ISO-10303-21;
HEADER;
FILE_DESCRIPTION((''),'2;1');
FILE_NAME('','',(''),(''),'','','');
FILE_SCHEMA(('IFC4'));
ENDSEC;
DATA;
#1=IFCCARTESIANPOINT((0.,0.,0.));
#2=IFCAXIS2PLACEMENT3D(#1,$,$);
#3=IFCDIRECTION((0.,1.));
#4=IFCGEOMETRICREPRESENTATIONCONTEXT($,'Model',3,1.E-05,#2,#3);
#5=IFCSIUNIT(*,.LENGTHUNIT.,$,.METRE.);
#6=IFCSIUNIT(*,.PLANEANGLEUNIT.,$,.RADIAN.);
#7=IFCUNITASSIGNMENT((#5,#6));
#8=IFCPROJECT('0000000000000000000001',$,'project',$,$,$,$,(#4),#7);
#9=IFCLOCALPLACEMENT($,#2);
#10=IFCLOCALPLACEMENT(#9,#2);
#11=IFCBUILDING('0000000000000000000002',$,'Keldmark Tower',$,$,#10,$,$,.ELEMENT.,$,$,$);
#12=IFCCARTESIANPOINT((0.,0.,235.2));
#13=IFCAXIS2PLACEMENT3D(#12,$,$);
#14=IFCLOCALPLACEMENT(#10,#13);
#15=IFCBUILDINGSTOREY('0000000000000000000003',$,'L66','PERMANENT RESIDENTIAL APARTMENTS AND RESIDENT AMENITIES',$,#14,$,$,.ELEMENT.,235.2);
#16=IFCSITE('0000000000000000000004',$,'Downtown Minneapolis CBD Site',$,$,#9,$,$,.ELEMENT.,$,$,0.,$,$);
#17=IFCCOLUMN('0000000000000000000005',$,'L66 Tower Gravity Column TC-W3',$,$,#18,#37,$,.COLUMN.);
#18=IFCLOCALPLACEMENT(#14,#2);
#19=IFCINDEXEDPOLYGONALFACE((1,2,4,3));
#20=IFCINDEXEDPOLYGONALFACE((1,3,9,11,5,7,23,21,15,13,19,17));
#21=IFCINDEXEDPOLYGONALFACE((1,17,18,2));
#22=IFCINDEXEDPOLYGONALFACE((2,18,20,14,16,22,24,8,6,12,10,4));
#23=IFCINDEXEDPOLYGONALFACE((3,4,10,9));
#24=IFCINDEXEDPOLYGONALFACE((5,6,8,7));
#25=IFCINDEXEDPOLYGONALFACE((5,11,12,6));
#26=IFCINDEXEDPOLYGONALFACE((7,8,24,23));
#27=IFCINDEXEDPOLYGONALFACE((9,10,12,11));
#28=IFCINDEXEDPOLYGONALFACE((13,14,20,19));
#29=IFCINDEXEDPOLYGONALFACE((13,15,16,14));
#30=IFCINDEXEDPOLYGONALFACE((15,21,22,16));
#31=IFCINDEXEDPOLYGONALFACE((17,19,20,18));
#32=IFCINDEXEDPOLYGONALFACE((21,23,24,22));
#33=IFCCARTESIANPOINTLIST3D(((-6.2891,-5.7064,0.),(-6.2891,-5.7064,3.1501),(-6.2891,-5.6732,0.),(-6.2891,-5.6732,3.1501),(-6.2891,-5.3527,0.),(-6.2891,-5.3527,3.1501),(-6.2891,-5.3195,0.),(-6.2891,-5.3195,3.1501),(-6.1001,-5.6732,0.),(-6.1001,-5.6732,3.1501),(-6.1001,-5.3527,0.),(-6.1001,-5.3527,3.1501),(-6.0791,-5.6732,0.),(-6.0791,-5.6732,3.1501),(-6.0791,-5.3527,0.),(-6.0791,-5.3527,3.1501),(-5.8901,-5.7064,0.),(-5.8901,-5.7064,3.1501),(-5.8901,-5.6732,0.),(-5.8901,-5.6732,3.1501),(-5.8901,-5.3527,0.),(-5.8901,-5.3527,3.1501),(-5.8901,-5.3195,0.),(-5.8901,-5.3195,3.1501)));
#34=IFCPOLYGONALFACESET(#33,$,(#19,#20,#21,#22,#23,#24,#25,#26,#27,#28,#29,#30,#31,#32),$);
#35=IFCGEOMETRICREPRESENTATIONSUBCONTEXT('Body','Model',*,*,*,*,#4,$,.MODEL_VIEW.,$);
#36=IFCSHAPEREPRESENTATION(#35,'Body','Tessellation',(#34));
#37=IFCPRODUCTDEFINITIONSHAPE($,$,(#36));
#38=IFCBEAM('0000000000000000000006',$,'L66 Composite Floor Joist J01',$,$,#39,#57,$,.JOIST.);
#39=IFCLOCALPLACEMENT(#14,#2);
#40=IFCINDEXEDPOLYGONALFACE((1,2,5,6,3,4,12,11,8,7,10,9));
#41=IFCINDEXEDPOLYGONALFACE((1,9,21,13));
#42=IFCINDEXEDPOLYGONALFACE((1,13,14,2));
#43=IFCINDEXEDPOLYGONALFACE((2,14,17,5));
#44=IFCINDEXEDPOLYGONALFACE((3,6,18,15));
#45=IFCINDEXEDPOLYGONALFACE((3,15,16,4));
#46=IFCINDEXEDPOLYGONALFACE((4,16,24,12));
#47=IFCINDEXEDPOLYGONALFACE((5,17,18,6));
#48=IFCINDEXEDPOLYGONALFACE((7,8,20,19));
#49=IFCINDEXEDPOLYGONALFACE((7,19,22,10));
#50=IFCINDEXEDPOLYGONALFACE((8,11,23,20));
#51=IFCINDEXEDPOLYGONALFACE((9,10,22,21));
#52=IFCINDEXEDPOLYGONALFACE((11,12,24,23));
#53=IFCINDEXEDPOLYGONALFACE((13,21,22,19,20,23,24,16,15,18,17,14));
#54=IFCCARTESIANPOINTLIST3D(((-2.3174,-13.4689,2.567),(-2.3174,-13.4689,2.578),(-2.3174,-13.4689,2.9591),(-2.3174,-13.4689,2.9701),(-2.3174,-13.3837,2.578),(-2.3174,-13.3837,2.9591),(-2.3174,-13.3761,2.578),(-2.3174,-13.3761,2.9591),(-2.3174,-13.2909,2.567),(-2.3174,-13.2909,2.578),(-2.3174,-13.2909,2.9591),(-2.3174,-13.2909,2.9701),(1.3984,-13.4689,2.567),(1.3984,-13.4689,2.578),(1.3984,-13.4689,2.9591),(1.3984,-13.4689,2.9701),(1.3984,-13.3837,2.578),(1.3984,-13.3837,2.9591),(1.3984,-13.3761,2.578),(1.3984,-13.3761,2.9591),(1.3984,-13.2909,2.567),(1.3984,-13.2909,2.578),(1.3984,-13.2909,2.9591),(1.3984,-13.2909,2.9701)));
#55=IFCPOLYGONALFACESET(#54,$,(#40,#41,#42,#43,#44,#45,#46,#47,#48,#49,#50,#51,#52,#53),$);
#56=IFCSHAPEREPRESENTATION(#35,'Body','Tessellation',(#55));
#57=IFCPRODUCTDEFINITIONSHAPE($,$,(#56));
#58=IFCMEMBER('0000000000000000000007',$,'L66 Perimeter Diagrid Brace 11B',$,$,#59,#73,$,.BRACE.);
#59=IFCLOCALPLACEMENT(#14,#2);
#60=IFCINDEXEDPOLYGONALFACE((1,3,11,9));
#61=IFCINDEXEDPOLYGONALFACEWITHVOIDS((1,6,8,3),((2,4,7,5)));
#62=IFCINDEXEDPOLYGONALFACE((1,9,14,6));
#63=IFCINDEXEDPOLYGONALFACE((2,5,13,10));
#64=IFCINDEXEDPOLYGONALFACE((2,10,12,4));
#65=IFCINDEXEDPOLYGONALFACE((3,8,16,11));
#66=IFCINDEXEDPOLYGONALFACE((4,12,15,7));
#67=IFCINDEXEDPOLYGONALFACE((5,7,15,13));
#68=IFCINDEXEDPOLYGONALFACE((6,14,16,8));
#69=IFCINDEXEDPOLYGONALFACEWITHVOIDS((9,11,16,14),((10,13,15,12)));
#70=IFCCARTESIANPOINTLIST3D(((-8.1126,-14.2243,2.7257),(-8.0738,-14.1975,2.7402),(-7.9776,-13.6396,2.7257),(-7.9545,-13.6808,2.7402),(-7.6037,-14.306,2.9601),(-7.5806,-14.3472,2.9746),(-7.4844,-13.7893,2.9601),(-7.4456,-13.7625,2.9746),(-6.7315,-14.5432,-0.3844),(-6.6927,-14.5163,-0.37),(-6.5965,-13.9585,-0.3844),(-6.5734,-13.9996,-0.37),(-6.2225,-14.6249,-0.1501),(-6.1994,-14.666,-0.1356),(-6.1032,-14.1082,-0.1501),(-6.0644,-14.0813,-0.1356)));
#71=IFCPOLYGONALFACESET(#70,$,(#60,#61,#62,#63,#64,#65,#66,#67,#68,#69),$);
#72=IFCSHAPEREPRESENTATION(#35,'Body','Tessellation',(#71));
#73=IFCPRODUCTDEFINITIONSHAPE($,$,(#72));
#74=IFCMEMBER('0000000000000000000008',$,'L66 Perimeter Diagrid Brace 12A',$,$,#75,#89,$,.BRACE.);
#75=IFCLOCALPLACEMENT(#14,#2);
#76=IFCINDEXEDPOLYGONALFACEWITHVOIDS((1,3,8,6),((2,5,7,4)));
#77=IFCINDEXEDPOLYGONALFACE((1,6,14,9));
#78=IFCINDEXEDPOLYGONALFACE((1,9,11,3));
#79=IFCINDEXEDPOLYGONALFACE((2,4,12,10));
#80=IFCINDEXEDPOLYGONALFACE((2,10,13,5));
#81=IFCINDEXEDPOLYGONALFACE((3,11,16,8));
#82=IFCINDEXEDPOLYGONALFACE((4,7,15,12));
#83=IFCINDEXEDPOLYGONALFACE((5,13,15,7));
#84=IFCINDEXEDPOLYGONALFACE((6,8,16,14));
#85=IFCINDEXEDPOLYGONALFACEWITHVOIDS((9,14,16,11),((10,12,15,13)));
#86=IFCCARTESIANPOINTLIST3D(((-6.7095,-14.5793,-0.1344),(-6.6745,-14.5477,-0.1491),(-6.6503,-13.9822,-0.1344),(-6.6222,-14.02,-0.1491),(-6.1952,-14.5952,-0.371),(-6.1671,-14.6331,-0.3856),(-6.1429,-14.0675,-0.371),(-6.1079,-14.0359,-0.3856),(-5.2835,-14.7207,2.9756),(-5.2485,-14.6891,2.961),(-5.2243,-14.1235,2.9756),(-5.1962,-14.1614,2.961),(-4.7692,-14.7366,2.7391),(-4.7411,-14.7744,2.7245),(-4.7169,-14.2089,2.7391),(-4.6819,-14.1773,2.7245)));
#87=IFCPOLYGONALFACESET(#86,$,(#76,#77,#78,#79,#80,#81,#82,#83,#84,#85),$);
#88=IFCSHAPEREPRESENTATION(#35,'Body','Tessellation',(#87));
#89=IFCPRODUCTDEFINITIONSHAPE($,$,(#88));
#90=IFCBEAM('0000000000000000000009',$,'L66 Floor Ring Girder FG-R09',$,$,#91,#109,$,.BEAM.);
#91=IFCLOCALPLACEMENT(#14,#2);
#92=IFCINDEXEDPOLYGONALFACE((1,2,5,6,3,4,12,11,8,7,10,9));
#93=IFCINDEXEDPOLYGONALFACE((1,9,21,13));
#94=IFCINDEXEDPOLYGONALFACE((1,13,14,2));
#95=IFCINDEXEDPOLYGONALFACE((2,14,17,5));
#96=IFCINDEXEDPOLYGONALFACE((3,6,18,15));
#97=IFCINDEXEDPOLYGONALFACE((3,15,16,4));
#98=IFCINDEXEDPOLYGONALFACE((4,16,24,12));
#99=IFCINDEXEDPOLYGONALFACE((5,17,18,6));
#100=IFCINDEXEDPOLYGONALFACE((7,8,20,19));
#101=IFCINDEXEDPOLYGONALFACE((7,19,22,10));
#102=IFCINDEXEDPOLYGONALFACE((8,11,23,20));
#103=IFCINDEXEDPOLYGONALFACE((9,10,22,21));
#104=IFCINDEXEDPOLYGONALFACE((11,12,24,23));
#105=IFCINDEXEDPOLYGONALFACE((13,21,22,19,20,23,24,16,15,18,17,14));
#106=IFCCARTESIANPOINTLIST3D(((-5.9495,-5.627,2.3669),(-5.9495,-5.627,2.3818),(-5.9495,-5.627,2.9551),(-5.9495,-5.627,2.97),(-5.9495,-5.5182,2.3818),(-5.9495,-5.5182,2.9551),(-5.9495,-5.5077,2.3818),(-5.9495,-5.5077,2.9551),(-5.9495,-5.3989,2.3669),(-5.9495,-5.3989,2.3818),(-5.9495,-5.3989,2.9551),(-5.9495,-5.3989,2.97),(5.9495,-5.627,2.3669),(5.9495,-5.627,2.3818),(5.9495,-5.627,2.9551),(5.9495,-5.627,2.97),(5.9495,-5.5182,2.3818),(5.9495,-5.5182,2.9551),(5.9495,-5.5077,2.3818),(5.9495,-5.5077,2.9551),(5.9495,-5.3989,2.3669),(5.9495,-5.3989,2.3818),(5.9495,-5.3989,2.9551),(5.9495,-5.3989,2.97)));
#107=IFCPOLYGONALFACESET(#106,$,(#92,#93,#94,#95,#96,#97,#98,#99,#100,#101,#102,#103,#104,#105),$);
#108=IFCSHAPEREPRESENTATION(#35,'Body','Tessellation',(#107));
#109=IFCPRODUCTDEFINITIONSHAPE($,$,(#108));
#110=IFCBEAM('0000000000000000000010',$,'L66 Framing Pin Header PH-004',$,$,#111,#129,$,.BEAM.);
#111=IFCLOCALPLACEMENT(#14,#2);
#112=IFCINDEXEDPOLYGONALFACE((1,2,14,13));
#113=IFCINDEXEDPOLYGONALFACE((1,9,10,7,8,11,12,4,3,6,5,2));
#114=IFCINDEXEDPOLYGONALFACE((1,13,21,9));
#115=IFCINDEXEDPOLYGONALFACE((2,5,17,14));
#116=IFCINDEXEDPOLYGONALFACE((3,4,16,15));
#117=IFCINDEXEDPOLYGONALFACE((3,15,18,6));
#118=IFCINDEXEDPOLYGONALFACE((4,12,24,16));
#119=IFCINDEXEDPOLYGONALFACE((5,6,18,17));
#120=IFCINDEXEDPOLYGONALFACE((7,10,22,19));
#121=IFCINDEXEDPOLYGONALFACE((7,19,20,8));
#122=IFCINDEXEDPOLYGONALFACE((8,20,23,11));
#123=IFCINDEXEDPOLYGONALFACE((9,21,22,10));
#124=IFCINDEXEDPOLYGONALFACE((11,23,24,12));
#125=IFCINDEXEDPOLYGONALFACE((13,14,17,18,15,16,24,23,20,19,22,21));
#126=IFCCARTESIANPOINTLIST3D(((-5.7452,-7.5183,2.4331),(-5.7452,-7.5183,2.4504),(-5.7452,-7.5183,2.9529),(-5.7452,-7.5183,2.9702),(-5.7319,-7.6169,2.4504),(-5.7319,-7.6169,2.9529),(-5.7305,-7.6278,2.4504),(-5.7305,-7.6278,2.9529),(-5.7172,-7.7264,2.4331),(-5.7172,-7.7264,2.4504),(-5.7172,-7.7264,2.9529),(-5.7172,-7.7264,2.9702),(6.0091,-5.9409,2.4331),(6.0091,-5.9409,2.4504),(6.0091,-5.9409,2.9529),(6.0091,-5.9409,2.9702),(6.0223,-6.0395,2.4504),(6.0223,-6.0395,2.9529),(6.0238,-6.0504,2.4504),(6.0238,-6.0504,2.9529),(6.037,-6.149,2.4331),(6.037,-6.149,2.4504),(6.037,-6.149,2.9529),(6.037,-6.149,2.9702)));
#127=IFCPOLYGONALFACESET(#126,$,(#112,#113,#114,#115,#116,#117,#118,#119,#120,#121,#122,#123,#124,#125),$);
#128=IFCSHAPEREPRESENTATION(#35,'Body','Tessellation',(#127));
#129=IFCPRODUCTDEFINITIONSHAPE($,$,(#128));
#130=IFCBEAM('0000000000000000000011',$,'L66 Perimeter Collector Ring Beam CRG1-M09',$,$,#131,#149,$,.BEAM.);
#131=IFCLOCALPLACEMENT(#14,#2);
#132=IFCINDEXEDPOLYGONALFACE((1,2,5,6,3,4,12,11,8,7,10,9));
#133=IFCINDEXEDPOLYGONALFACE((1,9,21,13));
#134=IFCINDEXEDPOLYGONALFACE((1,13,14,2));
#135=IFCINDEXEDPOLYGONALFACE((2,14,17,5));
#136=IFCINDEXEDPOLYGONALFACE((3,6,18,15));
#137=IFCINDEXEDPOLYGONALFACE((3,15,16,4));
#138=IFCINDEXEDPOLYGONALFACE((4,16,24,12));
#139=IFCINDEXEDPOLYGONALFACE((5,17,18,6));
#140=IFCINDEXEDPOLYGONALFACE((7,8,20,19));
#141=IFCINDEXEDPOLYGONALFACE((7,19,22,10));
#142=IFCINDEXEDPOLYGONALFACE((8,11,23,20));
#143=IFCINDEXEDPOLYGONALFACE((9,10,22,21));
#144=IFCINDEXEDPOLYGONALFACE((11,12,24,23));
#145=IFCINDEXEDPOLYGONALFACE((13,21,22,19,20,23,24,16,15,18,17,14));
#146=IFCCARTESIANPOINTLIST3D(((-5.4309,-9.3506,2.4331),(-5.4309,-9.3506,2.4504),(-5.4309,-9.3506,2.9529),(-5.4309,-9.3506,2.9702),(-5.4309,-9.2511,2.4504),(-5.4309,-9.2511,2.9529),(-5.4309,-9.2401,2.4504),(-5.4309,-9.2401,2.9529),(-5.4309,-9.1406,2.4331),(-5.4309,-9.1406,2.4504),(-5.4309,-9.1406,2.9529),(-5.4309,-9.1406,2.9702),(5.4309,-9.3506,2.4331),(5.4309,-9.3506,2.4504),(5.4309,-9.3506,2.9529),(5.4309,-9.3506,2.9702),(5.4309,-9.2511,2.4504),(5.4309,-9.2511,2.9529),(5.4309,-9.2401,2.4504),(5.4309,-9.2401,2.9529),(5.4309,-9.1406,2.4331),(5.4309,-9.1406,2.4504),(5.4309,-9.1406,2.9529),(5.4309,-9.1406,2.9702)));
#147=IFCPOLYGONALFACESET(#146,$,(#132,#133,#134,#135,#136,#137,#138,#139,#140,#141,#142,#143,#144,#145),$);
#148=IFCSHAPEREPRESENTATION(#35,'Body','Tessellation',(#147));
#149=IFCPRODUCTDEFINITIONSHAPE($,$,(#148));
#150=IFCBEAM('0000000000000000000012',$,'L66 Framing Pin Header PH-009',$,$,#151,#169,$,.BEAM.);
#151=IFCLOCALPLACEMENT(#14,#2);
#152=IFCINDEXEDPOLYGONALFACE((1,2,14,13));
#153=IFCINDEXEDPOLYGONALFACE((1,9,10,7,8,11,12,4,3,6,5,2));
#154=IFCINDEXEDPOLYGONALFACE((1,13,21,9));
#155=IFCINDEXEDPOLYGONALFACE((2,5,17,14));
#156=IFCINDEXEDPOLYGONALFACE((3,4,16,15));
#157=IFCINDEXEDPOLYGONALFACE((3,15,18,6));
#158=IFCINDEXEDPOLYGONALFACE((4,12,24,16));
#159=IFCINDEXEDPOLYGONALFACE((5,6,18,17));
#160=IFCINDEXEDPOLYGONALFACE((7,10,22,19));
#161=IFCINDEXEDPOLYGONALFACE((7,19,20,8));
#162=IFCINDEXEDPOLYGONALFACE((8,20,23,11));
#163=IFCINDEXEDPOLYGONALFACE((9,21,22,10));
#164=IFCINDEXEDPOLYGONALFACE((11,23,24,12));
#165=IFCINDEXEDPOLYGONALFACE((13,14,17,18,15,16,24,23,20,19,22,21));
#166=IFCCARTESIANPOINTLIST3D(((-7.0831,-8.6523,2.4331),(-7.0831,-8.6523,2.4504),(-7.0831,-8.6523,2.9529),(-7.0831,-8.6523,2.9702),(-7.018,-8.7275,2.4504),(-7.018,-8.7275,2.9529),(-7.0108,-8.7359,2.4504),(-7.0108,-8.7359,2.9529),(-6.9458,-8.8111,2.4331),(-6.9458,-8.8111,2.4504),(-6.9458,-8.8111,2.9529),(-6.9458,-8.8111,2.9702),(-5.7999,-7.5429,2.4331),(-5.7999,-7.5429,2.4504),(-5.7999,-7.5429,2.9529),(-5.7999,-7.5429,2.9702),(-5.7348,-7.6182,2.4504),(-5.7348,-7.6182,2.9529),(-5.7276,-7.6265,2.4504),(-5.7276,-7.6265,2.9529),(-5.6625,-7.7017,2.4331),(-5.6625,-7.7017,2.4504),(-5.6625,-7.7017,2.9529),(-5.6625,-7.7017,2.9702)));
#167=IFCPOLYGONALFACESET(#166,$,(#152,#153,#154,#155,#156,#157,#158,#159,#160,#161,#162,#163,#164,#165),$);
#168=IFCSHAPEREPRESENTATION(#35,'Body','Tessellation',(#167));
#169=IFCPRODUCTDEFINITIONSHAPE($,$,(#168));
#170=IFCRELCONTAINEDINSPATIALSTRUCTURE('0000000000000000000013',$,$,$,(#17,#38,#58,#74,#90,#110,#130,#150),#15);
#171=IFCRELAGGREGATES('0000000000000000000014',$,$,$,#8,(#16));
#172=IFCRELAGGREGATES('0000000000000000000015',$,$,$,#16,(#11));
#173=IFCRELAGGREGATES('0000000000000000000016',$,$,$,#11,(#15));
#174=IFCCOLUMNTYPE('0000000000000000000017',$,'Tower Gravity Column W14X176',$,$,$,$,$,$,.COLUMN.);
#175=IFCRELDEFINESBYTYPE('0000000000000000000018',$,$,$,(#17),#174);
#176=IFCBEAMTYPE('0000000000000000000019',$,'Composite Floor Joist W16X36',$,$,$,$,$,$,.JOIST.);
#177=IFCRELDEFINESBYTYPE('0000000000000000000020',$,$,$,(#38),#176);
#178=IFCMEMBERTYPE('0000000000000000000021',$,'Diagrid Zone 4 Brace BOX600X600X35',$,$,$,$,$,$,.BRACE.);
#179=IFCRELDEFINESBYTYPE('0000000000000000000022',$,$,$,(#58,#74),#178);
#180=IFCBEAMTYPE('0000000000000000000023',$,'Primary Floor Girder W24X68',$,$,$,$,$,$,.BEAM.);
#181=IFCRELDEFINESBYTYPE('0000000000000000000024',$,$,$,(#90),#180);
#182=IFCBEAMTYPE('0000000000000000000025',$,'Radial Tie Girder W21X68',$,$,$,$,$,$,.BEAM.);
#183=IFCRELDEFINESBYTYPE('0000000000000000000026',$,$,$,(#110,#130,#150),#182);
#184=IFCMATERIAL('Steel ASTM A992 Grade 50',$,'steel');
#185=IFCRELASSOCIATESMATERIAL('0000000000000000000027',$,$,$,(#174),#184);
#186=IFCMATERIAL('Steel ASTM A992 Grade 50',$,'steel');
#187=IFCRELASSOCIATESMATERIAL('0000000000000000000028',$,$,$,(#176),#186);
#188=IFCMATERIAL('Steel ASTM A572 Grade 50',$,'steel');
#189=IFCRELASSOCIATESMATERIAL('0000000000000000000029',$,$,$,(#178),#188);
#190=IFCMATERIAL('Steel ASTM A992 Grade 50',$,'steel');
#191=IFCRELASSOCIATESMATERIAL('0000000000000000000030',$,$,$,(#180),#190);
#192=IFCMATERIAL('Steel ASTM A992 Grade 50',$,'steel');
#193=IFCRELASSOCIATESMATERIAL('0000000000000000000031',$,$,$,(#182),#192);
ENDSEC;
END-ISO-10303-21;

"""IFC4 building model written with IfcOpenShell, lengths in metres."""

from ifc_helpers import new_model, si_unit, direction, frame, origin, origin_2d, place, context, subcontext, project, spatial, hollow_rectangle, i_section, extrude, material, material_profile, profile_set, type_object, element, save


model = new_model("IFC4")

# Units and contexts
model_context = context("Model", 3, precision=1e-05, world=origin(), true_north=direction((0.0, 1.0)))
body_context = subcontext(model_context, "Body", "Model", "MODEL_VIEW")
ifc_project = project(units=[si_unit("LENGTHUNIT", "METRE"), si_unit("PLANEANGLEUNIT", "RADIAN")], contexts=[model_context])

# Site, building, storey
site_placement = place(None, origin())
site = spatial("IfcSite", under=ifc_project, at=site_placement, Name="Downtown Minneapolis CBD Site", CompositionType="ELEMENT", RefElevation=0.0)
building_placement = place(site_placement, origin())
building = spatial("IfcBuilding", under=site, at=building_placement, Name="Keldmark Tower", CompositionType="ELEMENT")
storey_placement = place(building_placement, frame((0.0, 0.0, 235.2)))
storey = spatial("IfcBuildingStorey", under=building, at=storey_placement, Name="L66", Description="PERMANENT RESIDENTIAL APARTMENTS AND RESIDENT AMENITIES", CompositionType="ELEMENT", Elevation=235.2)

# Column
ifc_material_1 = material(Name="Steel ASTM A992 Grade 50", Category="steel")
ifc_material_profile_1 = material_profile(ifc_material_1, i_section(OverallWidth=0.3989, OverallDepth=0.387, WebThickness=0.021, FlangeThickness=0.0332, at=origin_2d()), Name="W14X176")
ifc_profile_set_1 = profile_set([ifc_material_profile_1], Name="Steel ASTM A992 Grade 50")
column_type = type_object("IfcColumnType", Name="Tower Gravity Column W14X176", PredefinedType="COLUMN", material=ifc_profile_set_1)
column_placement = place(storey_placement, frame((-6.0896, -5.5129, 0.0), z_axis=(0.0, 0.0, 1.0), x_axis=(1.0, 0.0, 0.0)))
element("IfcColumn", 1, at=column_placement, inside=storey, type_object=column_type, Name="L66 Tower Gravity Column TC-W3", PredefinedType="COLUMN", context=body_context, shape_type="SweptSolid", body=[
    extrude(i_section(OverallWidth=0.3989, OverallDepth=0.387, WebThickness=0.021, FlangeThickness=0.0332, at=origin_2d()), origin(), (0.0, 0.0, 1.0), 3.1501),
])

# Beam
ifc_material_2 = material(Name="Steel ASTM A992 Grade 50", Category="steel")
ifc_material_profile_2 = material_profile(ifc_material_2, i_section(OverallWidth=0.178, OverallDepth=0.4031, WebThickness=0.0076, FlangeThickness=0.011, at=origin_2d()), Name="W16X36")
ifc_profile_set_2 = profile_set([ifc_material_profile_2], Name="Steel ASTM A992 Grade 50")
beam_type_1 = type_object("IfcBeamType", Name="Composite Floor Joist W16X36", PredefinedType="JOIST", material=ifc_profile_set_2)
beam_1_placement = place(storey_placement, frame((-2.3174, -13.3799, 2.7686), z_axis=(1.0, 0.0, 0.0), x_axis=(0.0, 1.0, 0.0)))
element("IfcBeam", 2, at=beam_1_placement, inside=storey, type_object=beam_type_1, Name="L66 Composite Floor Joist J01", PredefinedType="JOIST", context=body_context, shape_type="SweptSolid", body=[
    extrude(i_section(OverallWidth=0.178, OverallDepth=0.4031, WebThickness=0.0076, FlangeThickness=0.011, at=origin_2d()), origin(), (0.0, 0.0, 1.0), 3.7158),
])

# Members
ifc_material_3 = material(Name="Steel ASTM A572 Grade 50", Category="steel")
ifc_material_profile_3 = material_profile(ifc_material_3, hollow_rectangle(XDim=0.6001, YDim=0.6001, WallThickness=0.0349, at=origin_2d()), Name="BOX600X600X35")
ifc_profile_set_3 = profile_set([ifc_material_profile_3], Name="Steel ASTM A572 Grade 50")
member_type = type_object("IfcMemberType", Name="Diagrid Zone 4 Brace BOX600X600X35", PredefinedType="BRACE", material=ifc_profile_set_3)
member_1_placement = place(storey_placement, frame((-6.3979, -14.3123, -0.26), z_axis=(-0.404082, 0.093288, 0.909953), x_axis=(-0.224948, -0.974371, 0.0)))
element("IfcMember", 3, at=member_1_placement, inside=storey, type_object=member_type, Name="L66 Perimeter Diagrid Brace 11B", PredefinedType="BRACE", context=body_context, shape_type="SweptSolid", body=[
    extrude(hollow_rectangle(XDim=0.6001, YDim=0.6001, WallThickness=0.0349, at=origin_2d()), origin(), (0.0, 0.0, 1.0), 3.418),
])
member_2_placement = place(storey_placement, frame((-6.4087, -14.3076, -0.26), z_axis=(0.416435, -0.04128, 0.908228), x_axis=(0.098643, 0.995123, 0.0)))
element("IfcMember", 4, at=member_2_placement, inside=storey, type_object=member_type, Name="L66 Perimeter Diagrid Brace 12A", PredefinedType="BRACE", context=body_context, shape_type="SweptSolid", body=[
    extrude(hollow_rectangle(XDim=0.6001, YDim=0.6001, WallThickness=0.0349, at=origin_2d()), origin(), (0.0, 0.0, 1.0), 3.4243),
])

# Beams
ifc_material_4 = material(Name="Steel ASTM A992 Grade 50", Category="steel")
ifc_material_profile_4 = material_profile(ifc_material_4, i_section(OverallWidth=0.228, OverallDepth=0.603, WebThickness=0.0105, FlangeThickness=0.0149, at=origin_2d()), Name="W24X68")
ifc_profile_set_4 = profile_set([ifc_material_profile_4], Name="Steel ASTM A992 Grade 50")
beam_type_2 = type_object("IfcBeamType", Name="Primary Floor Girder W24X68", PredefinedType="BEAM", material=ifc_profile_set_4)
beam_2_placement = place(storey_placement, frame((-5.9495, -5.5129, 2.6685), z_axis=(1.0, 0.0, 0.0), x_axis=(0.0, 1.0, 0.0)))
element("IfcBeam", 5, at=beam_2_placement, inside=storey, type_object=beam_type_2, Name="L66 Floor Ring Girder FG-R09", PredefinedType="BEAM", context=body_context, shape_type="SweptSolid", body=[
    extrude(i_section(OverallWidth=0.228, OverallDepth=0.603, WebThickness=0.0105, FlangeThickness=0.0149, at=origin_2d()), origin(), (0.0, 0.0, 1.0), 11.8989),
])
ifc_material_5 = material(Name="Steel ASTM A992 Grade 50", Category="steel")
ifc_material_profile_5 = material_profile(ifc_material_5, i_section(OverallWidth=0.21, OverallDepth=0.5371, WebThickness=0.011, FlangeThickness=0.0173, at=origin_2d()), Name="W21X68")
ifc_profile_set_5 = profile_set([ifc_material_profile_5], Name="Steel ASTM A992 Grade 50")
beam_type_3 = type_object("IfcBeamType", Name="Radial Tie Girder W21X68", PredefinedType="BEAM", material=ifc_profile_set_5)
beam_3_placement = place(storey_placement, frame((-5.7312, -7.6223, 2.7017), z_axis=(0.991115, 0.133006, 0.0), x_axis=(-0.133006, 0.991115, 0.0)))
element("IfcBeam", 6, at=beam_3_placement, inside=storey, type_object=beam_type_3, Name="L66 Framing Pin Header PH-004", PredefinedType="BEAM", context=body_context, shape_type="SweptSolid", body=[
    extrude(i_section(OverallWidth=0.21, OverallDepth=0.5371, WebThickness=0.011, FlangeThickness=0.0173, at=origin_2d()), origin(), (0.0, 0.0, 1.0), 11.8596),
])
beam_4_placement = place(storey_placement, frame((-5.4309, -9.2456, 2.7017), z_axis=(1.0, 0.0, 0.0), x_axis=(0.0, 1.0, 0.0)))
element("IfcBeam", 7, at=beam_4_placement, inside=storey, type_object=beam_type_3, Name="L66 Perimeter Collector Ring Beam CRG1-M09", PredefinedType="BEAM", context=body_context, shape_type="SweptSolid", body=[
    extrude(i_section(OverallWidth=0.21, OverallDepth=0.5371, WebThickness=0.011, FlangeThickness=0.0173, at=origin_2d()), origin(), (0.0, 0.0, 1.0), 10.8618),
])
beam_5_placement = place(storey_placement, frame((-5.7312, -7.6223, 2.7017), z_axis=(-0.756486, -0.654009, 0.0), x_axis=(0.654009, -0.756486, 0.0)))
element("IfcBeam", 8, at=beam_5_placement, inside=storey, type_object=beam_type_3, Name="L66 Framing Pin Header PH-009", PredefinedType="BEAM", context=body_context, shape_type="SweptSolid", body=[
    extrude(i_section(OverallWidth=0.21, OverallDepth=0.5371, WebThickness=0.011, FlangeThickness=0.0173, at=origin_2d()), origin(), (0.0, 0.0, 1.0), 1.6963),
])

save(model, "model.ifc")
